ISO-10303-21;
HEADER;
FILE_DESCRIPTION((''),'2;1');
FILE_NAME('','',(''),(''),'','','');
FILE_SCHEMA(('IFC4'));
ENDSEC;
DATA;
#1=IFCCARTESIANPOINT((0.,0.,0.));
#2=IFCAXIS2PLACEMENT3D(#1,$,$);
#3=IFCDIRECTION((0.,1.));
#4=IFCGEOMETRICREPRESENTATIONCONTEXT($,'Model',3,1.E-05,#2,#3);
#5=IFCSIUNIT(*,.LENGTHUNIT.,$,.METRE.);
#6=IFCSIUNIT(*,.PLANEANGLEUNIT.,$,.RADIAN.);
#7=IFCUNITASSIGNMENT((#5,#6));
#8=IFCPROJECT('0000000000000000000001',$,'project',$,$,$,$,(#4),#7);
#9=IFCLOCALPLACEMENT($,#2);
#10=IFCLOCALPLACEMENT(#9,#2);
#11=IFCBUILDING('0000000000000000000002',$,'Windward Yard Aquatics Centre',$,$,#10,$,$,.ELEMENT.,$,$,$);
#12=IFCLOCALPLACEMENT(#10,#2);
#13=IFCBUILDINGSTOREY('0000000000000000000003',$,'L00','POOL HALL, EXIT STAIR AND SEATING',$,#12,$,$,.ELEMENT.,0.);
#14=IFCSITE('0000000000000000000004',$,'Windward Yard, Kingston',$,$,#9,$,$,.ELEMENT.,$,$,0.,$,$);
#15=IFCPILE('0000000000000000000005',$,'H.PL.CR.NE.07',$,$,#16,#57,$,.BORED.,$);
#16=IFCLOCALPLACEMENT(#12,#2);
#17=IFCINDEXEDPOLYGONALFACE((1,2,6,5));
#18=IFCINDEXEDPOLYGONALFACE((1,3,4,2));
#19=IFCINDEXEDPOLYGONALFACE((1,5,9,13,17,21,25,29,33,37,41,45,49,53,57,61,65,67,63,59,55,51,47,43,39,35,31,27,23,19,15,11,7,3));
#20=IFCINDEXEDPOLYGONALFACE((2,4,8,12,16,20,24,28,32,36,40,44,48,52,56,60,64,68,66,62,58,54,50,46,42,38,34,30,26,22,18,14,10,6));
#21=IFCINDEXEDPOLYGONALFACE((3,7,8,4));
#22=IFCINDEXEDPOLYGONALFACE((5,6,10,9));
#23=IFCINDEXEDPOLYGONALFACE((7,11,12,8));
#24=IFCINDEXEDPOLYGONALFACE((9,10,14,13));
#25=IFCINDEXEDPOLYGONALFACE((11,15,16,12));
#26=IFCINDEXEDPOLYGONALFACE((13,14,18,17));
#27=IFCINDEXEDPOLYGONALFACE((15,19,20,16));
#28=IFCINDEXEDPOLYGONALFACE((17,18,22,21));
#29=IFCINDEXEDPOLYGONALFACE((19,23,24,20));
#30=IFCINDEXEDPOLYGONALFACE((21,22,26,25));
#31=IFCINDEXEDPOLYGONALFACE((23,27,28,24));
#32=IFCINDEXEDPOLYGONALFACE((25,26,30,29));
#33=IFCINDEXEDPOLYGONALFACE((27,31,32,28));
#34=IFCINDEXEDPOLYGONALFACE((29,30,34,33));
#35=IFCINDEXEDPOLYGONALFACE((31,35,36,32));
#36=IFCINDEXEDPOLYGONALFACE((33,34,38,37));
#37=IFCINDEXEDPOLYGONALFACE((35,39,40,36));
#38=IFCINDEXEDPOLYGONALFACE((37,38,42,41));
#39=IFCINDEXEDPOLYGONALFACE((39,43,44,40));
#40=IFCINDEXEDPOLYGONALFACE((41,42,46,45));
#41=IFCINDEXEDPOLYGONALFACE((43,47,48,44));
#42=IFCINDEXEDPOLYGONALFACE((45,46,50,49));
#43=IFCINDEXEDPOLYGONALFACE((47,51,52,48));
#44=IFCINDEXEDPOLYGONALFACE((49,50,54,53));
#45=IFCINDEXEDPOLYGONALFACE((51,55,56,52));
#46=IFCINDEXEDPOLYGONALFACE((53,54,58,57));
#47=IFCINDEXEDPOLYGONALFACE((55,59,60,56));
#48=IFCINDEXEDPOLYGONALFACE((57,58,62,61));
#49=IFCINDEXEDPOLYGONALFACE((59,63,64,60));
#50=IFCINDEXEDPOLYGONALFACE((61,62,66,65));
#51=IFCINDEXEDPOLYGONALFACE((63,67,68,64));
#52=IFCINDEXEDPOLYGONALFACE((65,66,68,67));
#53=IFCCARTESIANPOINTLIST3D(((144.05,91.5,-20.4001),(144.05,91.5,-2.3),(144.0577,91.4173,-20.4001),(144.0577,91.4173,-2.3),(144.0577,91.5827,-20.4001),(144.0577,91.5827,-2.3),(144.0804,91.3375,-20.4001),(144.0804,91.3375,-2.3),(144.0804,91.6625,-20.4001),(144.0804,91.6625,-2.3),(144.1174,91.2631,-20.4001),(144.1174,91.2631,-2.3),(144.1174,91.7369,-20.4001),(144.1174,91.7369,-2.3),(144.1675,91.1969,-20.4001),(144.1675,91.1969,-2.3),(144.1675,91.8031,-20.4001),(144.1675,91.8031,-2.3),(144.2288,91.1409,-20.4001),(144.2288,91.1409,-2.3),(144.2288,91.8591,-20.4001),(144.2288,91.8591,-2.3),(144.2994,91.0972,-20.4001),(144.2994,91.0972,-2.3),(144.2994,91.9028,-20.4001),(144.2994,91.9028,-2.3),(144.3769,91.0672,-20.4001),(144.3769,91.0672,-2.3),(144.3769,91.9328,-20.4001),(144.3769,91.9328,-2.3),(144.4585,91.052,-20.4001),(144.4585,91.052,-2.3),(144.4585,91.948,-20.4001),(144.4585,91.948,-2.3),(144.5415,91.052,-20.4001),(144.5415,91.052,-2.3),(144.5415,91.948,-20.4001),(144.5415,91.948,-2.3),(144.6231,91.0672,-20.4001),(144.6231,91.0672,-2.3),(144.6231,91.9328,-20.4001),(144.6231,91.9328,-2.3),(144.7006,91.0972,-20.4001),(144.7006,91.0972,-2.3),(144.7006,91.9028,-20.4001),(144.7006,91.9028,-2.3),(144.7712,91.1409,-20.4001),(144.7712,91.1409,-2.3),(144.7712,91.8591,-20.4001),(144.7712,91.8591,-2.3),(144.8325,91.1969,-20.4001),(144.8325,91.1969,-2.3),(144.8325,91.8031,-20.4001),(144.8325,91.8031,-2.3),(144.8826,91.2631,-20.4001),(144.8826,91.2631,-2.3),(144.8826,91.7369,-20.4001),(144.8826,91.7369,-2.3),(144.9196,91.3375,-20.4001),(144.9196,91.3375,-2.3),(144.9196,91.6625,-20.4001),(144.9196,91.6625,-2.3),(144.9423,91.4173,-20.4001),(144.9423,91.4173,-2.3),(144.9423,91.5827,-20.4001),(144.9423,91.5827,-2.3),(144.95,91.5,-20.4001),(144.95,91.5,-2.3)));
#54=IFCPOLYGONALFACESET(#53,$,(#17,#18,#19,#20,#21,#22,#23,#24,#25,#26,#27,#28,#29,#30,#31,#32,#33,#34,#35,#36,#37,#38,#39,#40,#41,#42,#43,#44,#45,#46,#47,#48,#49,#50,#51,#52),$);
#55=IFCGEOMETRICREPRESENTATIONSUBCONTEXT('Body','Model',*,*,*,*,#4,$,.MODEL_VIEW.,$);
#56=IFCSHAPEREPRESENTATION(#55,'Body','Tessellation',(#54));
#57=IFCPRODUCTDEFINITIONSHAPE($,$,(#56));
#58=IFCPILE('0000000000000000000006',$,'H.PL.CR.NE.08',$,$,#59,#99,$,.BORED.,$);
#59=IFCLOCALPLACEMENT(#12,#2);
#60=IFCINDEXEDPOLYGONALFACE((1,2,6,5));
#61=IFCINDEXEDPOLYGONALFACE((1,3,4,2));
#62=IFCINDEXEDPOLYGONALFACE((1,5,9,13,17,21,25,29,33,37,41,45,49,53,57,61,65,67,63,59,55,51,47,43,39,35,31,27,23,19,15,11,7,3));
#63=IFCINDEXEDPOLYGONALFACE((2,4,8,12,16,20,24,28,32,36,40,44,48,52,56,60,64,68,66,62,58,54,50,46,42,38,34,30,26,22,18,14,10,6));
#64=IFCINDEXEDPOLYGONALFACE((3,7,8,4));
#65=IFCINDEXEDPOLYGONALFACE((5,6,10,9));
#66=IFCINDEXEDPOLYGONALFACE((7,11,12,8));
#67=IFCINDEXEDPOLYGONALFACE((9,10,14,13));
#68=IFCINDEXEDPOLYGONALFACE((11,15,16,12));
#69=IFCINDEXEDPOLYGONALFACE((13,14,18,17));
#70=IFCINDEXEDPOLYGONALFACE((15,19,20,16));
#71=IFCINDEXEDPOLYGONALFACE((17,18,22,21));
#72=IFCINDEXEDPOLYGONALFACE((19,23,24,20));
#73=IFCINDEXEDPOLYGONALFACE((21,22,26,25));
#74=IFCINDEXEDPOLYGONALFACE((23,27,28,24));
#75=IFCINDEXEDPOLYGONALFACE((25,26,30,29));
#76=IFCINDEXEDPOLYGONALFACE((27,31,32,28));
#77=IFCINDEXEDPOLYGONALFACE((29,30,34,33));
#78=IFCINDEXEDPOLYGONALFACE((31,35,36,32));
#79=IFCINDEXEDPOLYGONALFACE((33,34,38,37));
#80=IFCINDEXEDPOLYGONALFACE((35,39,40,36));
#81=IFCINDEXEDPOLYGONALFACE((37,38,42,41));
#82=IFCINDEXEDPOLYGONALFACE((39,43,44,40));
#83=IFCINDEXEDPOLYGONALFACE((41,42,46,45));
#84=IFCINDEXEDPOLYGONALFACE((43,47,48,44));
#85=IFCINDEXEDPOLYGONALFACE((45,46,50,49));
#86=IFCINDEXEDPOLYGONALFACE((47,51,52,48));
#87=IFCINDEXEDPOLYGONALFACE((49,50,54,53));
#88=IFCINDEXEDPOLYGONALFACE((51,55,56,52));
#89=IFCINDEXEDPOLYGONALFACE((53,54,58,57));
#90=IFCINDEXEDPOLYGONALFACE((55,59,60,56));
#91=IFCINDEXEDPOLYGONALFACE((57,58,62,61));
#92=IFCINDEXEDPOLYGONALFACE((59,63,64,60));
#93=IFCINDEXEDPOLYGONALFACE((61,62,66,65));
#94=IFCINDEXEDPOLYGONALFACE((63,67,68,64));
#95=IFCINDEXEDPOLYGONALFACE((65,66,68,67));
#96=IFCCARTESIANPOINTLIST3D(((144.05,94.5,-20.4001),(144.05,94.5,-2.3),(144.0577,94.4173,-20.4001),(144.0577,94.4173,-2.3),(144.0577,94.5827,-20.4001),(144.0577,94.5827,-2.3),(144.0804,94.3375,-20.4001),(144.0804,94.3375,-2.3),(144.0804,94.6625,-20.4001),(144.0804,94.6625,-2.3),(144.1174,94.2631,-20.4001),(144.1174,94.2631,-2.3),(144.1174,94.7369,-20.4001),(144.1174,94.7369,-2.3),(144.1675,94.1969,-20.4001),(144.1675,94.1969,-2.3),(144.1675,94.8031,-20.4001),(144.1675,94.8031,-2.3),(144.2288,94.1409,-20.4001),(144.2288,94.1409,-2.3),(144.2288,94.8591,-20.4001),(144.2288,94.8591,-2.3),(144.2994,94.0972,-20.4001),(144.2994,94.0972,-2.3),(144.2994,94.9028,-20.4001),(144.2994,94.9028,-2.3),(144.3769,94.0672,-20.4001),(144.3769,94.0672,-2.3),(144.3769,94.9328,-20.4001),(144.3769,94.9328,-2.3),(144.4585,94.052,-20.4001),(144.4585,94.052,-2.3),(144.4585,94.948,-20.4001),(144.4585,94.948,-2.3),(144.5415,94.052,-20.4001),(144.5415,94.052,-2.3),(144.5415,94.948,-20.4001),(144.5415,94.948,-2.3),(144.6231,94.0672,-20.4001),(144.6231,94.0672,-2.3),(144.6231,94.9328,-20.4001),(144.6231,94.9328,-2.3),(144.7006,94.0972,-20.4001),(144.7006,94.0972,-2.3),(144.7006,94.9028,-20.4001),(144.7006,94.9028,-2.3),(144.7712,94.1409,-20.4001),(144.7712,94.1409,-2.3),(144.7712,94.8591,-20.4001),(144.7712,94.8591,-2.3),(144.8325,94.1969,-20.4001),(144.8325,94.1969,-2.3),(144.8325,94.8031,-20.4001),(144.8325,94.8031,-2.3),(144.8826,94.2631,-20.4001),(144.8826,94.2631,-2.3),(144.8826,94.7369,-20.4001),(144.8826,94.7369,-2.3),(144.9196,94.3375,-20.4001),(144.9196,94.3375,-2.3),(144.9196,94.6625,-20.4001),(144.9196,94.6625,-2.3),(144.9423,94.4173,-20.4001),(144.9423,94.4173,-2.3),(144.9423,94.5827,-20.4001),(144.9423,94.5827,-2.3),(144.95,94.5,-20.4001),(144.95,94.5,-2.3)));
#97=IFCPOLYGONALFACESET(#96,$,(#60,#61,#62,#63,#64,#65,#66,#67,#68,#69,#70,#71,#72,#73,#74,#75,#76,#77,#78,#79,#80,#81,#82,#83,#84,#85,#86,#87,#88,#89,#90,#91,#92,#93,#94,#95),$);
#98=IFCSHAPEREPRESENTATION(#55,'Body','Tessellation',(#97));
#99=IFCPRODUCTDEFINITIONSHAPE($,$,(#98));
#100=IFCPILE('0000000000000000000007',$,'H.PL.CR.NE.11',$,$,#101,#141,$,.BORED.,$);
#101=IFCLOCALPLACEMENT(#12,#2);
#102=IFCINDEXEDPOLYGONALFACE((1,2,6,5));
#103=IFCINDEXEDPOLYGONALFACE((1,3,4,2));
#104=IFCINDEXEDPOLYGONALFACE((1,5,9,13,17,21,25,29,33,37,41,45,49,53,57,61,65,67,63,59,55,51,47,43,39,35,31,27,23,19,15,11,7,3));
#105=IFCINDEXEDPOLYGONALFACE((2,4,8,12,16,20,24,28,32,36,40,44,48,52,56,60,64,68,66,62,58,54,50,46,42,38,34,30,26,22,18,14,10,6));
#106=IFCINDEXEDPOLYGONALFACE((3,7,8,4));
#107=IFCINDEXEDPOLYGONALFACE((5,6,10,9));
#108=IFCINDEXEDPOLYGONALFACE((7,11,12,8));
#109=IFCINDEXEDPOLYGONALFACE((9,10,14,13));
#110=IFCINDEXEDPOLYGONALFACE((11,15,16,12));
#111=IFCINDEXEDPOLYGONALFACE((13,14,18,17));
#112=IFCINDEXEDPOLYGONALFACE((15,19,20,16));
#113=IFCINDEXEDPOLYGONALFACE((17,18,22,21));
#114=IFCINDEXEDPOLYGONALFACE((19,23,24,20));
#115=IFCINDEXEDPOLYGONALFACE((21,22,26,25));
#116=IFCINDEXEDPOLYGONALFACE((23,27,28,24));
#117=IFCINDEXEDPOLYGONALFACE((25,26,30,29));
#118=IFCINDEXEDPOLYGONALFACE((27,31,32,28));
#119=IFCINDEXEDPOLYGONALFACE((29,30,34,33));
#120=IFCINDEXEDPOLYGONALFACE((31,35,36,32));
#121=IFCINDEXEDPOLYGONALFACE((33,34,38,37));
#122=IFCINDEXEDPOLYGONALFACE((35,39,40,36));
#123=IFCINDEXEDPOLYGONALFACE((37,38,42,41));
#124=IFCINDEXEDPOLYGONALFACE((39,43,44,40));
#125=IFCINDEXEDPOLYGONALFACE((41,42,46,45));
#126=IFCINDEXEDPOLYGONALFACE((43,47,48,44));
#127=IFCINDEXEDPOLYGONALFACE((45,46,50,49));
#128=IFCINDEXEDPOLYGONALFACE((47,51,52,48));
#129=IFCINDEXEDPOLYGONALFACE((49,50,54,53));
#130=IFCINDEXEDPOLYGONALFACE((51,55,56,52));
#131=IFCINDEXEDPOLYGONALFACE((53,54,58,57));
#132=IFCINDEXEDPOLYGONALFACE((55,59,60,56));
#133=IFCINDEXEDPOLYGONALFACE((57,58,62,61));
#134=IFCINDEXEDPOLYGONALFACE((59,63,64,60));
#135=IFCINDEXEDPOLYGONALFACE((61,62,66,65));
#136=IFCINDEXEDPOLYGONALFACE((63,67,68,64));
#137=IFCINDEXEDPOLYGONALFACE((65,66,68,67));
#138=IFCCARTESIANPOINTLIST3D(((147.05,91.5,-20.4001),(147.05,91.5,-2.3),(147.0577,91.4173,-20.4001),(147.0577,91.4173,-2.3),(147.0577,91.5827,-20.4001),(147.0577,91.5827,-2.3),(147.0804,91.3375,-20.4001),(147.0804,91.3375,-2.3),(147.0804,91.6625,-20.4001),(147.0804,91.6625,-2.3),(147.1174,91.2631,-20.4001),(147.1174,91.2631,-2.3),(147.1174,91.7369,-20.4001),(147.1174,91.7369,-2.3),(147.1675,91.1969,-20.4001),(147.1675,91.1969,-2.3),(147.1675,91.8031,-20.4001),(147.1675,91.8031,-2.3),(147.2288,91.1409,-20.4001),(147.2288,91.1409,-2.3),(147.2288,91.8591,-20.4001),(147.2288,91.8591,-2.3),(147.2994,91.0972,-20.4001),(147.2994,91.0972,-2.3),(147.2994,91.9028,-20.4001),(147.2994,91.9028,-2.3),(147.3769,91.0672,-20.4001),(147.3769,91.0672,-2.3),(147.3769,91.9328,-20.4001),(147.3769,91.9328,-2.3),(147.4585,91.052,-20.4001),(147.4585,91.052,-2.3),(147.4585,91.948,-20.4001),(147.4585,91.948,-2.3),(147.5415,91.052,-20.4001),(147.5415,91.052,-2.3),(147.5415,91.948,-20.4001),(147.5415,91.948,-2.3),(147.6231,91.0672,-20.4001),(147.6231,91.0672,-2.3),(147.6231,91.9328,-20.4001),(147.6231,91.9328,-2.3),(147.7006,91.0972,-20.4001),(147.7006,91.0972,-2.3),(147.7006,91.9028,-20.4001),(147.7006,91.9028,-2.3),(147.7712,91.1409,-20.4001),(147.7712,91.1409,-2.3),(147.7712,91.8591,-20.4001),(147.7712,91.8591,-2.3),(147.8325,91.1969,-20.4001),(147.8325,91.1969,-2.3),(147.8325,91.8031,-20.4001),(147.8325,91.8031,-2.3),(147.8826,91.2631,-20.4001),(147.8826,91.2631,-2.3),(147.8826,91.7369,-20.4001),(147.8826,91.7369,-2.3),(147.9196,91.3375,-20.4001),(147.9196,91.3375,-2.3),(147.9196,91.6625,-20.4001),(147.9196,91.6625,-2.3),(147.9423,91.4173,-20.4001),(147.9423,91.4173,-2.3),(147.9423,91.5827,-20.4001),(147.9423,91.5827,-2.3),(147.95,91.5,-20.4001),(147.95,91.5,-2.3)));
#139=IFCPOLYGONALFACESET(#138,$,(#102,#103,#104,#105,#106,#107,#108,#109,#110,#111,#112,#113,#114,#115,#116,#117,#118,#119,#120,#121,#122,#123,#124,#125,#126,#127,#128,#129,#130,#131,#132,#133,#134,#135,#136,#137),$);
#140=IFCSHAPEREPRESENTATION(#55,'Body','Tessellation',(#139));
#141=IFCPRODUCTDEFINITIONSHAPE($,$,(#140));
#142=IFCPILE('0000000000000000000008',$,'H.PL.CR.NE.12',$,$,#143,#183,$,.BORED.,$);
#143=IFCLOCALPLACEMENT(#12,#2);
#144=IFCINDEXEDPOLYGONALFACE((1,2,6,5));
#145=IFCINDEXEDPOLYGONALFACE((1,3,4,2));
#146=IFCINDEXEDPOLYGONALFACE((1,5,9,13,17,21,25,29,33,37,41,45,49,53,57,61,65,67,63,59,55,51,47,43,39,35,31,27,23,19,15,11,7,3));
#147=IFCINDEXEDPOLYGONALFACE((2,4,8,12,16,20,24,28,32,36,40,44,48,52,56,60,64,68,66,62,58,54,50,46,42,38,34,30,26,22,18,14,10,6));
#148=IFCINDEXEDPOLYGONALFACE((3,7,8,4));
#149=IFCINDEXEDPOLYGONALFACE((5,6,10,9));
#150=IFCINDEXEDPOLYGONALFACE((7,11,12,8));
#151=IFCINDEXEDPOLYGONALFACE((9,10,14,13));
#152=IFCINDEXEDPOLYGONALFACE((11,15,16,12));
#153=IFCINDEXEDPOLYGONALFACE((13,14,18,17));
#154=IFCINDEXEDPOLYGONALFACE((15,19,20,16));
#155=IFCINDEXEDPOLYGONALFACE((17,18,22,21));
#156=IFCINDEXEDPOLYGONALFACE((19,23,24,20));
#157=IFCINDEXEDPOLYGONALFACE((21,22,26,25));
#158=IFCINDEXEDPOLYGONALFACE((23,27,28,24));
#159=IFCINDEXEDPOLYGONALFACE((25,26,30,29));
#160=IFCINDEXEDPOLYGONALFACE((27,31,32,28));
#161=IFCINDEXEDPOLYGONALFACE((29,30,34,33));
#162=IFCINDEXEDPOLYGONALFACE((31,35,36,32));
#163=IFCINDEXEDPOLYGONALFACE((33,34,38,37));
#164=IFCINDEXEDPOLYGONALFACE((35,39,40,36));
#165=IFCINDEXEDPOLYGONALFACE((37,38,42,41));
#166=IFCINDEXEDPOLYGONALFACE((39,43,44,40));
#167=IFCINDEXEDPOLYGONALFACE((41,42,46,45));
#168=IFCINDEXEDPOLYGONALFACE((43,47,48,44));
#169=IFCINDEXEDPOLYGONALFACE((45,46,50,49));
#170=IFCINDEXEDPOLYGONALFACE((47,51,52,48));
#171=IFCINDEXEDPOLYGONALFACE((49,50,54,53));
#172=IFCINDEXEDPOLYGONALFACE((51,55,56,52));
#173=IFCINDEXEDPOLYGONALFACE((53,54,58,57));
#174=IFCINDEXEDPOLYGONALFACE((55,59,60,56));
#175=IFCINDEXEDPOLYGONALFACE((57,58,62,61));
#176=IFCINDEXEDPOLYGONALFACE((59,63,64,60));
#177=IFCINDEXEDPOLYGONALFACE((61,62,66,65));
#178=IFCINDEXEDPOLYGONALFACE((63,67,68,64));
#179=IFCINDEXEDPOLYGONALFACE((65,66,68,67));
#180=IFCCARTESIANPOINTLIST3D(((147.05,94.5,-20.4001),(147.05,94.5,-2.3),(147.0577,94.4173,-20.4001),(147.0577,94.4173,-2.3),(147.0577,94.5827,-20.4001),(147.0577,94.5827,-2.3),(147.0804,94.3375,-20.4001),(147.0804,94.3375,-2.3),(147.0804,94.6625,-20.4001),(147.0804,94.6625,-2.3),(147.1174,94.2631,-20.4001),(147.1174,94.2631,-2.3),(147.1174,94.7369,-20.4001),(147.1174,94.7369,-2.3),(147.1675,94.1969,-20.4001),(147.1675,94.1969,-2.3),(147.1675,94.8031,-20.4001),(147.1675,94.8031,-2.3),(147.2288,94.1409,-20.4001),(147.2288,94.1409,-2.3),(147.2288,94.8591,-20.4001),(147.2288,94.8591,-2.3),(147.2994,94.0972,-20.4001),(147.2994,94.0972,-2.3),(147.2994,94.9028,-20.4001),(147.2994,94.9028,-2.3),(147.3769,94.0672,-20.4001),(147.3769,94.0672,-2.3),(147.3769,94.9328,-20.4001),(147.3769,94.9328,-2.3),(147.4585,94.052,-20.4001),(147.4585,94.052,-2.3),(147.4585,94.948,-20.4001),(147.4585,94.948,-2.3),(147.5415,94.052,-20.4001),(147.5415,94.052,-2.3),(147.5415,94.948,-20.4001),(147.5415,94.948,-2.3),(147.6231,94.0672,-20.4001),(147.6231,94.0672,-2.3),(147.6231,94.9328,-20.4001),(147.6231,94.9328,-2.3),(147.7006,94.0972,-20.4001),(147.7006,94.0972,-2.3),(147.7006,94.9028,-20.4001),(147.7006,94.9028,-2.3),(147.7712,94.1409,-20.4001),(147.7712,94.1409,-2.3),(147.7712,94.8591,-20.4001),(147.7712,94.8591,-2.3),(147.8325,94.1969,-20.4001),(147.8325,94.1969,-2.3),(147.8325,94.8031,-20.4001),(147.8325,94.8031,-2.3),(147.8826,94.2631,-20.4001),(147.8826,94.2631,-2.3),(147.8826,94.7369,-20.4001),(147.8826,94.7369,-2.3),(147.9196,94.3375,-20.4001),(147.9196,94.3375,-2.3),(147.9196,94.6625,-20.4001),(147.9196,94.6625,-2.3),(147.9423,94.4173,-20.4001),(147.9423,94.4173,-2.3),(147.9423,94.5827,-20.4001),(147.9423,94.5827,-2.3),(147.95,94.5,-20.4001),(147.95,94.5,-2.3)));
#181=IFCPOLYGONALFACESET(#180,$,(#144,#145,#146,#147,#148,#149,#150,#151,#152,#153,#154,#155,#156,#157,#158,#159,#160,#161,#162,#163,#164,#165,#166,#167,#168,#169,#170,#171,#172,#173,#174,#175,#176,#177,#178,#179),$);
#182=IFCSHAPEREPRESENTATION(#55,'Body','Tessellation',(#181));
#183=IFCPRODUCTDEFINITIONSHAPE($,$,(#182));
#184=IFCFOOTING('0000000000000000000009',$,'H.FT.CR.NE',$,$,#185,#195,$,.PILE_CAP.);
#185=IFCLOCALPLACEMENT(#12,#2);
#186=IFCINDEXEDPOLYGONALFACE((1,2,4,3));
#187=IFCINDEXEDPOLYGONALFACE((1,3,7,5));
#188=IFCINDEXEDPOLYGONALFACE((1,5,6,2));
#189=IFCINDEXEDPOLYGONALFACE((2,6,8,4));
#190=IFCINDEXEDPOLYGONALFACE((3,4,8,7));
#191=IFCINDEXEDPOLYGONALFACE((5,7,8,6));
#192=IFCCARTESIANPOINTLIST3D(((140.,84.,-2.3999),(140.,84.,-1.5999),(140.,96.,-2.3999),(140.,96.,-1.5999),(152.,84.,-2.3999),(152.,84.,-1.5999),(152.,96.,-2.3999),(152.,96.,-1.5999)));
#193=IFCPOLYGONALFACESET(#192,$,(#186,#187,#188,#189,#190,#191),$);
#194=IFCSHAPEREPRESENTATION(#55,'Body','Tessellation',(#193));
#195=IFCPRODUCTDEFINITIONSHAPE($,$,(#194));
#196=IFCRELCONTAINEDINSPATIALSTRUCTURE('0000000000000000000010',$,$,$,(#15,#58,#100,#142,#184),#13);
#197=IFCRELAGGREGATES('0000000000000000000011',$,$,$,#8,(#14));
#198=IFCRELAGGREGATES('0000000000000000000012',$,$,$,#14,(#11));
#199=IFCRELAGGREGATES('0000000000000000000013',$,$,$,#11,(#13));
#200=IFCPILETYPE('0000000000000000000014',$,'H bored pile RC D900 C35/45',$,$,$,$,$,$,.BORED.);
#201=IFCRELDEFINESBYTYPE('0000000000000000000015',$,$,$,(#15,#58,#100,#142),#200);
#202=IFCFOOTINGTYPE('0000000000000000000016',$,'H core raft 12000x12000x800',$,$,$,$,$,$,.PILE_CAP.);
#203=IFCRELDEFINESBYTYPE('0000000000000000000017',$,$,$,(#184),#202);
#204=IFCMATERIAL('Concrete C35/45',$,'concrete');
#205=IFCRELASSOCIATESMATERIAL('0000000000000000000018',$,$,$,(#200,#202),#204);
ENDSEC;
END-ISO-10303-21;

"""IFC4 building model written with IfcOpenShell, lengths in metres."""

from ifc_helpers import new_model, si_unit, direction, frame, origin, origin_2d, place, context, subcontext, project, spatial, rectangle, circle, extrude, material, material_profile, profile_set, type_object, element, save


model = new_model("IFC4")

# Units and contexts
model_context = context("Model", 3, precision=1e-05, world=origin(), true_north=direction((0.0, 1.0)))
body_context = subcontext(model_context, "Body", "Model", "MODEL_VIEW")
ifc_project = project(units=[si_unit("LENGTHUNIT", "METRE"), si_unit("PLANEANGLEUNIT", "RADIAN")], contexts=[model_context])

# Site, building, storey
site_placement = place(None, origin())
site = spatial("IfcSite", under=ifc_project, at=site_placement, Name="Windward Yard, Kingston", CompositionType="ELEMENT", RefElevation=0.0)
building_placement = place(site_placement, origin())
building = spatial("IfcBuilding", under=site, at=building_placement, Name="Windward Yard Aquatics Centre", CompositionType="ELEMENT")
storey_placement = place(building_placement, origin())
storey = spatial("IfcBuildingStorey", under=building, at=storey_placement, Name="L00", Description="POOL HALL, EXIT STAIR AND SEATING", CompositionType="ELEMENT", Elevation=0.0)

# Shared definitions
ifc_material_1 = material(Name="Concrete C35/45", Category="concrete")

# Piles
ifc_material_profile_1 = material_profile(ifc_material_1, circle(Radius=0.45, at=origin_2d()), Name="RC D900")
ifc_profile_set_1 = profile_set([ifc_material_profile_1], Name="Concrete C35/45")
pile_type_1 = type_object("IfcPileType", Name="H bored pile RC D900 C35/45", PredefinedType="BORED", material=ifc_profile_set_1)
for number, where, z_axis, x_axis, name in (
    (1, (144.5, 91.5, -2.3), (0.0, 0.0, -1.0), (1.0, 0.0, 0.0), "H.PL.CR.NE.07"),
    (2, (144.5, 94.5, -2.3), (0.0, 0.0, -1.0), (1.0, 0.0, 0.0), "H.PL.CR.NE.08"),
    (3, (147.5, 91.5, -2.3), (0.0, 0.0, -1.0), (1.0, 0.0, 0.0), "H.PL.CR.NE.11"),
    (4, (147.5, 94.5, -2.3), (0.0, 0.0, -1.0), (1.0, 0.0, 0.0), "H.PL.CR.NE.12"),
):
    element("IfcPile", number, at=place(storey_placement, frame(where, z_axis=z_axis, x_axis=x_axis)), inside=storey, type_object=pile_type_1, Name=name, PredefinedType="BORED", context=body_context, shape_type="SweptSolid", body=[
        extrude(circle(Radius=0.45, at=origin_2d()), origin(), (0.0, 0.0, 1.0), 18.1001),
    ])

# Footing
footing_type_1 = type_object("IfcFootingType", Name="H core raft 12000x12000x800", PredefinedType="PILE_CAP", material=ifc_material_1)
footing_placement = place(storey_placement, frame((146.0, 90.0, -2.3999), z_axis=(0.0, 0.0, 1.0), x_axis=(1.0, 0.0, 0.0)))
element("IfcFooting", 5, at=footing_placement, inside=storey, type_object=footing_type_1, Name="H.FT.CR.NE", PredefinedType="PILE_CAP", context=body_context, shape_type="SweptSolid", body=[
    extrude(rectangle(XDim=12.0, YDim=12.0, at=origin_2d()), origin(), (0.0, 0.0, 1.0), 0.8),
])

save(model, "model.ifc")
